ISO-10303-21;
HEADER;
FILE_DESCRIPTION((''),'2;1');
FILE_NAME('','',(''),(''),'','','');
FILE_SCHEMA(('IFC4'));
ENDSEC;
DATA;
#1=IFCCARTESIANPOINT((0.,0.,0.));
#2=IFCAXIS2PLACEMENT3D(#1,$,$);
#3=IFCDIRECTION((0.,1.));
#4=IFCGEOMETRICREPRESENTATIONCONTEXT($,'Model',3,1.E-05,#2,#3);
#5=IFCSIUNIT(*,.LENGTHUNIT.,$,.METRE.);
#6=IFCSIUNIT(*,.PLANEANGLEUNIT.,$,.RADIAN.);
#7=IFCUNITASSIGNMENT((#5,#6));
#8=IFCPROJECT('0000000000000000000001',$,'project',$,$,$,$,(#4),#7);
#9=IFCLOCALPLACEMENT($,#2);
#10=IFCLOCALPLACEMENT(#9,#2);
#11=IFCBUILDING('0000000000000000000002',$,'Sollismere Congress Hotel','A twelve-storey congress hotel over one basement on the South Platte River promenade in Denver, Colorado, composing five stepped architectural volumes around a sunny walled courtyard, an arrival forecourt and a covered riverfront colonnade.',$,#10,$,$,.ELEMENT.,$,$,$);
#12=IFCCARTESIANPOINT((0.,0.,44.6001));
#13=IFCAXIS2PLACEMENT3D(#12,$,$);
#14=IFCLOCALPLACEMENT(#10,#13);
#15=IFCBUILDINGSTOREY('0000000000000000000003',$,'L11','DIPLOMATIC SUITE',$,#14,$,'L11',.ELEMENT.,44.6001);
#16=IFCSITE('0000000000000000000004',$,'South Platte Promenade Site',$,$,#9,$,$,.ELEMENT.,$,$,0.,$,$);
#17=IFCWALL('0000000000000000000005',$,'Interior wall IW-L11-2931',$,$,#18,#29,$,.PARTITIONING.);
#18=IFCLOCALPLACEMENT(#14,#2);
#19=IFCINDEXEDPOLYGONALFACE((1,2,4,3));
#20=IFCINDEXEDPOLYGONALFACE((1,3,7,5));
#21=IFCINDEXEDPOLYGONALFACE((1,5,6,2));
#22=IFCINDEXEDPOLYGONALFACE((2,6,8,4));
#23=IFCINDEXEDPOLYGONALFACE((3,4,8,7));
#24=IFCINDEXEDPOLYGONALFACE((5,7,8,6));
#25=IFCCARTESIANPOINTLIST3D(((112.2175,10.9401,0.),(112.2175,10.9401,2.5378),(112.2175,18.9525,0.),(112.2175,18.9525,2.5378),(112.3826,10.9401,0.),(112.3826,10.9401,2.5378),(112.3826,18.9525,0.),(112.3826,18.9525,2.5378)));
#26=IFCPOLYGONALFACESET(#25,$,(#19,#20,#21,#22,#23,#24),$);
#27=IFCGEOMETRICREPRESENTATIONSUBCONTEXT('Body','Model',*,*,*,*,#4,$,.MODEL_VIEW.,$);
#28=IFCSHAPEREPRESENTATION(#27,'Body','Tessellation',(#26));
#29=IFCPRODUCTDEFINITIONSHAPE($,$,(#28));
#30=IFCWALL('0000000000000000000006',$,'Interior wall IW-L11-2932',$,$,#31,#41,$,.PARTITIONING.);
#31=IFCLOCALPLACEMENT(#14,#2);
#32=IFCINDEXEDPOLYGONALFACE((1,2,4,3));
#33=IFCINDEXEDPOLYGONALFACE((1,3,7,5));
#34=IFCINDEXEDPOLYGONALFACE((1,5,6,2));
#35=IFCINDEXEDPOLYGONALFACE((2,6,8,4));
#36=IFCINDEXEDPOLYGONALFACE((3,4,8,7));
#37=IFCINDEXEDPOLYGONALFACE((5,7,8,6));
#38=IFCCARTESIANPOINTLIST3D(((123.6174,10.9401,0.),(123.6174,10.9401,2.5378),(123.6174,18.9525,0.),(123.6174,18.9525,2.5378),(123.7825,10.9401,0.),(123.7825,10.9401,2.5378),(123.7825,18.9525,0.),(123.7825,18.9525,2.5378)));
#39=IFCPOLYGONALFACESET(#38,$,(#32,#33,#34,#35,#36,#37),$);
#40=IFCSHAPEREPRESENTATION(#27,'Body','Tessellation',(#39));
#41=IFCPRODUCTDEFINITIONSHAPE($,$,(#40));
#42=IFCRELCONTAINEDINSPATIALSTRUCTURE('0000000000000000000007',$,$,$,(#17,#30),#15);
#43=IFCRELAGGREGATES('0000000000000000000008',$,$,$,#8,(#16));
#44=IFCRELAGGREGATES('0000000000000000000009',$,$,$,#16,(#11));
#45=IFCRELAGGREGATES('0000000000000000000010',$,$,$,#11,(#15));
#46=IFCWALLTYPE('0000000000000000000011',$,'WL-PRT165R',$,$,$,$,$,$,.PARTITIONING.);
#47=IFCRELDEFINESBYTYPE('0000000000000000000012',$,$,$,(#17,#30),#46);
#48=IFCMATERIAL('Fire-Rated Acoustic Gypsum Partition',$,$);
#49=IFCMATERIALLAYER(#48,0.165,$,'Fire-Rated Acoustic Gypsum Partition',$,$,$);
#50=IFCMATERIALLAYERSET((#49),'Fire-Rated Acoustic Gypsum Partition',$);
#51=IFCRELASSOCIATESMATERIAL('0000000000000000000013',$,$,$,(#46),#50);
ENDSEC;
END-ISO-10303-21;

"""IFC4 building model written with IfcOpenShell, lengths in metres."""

from ifc_helpers import new_model, si_unit, direction, frame, frame_2d, origin, place, context, subcontext, project, spatial, rectangle, extrude, material, layer, layer_set, type_object, element, save


model = new_model("IFC4")

# Units and contexts
model_context = context("Model", 3, precision=1e-05, world=origin(), true_north=direction((0.0, 1.0)))
body_context = subcontext(model_context, "Body", "Model", "MODEL_VIEW")
ifc_project = project(units=[si_unit("LENGTHUNIT", "METRE"), si_unit("PLANEANGLEUNIT", "RADIAN")], contexts=[model_context])

# Site, building, storey
site_placement = place(None, origin())
site = spatial("IfcSite", under=ifc_project, at=site_placement, Name="South Platte Promenade Site", CompositionType="ELEMENT", RefElevation=0.0)
building_placement = place(site_placement, origin())
building = spatial("IfcBuilding", under=site, at=building_placement, Name="Sollismere Congress Hotel", Description="A twelve-storey congress hotel over one basement on the South Platte River promenade in Denver, Colorado, composing five stepped architectural volumes around a sunny walled courtyard, an arrival forecourt and a covered riverfront colonnade.", CompositionType="ELEMENT")
storey_placement = place(building_placement, frame((0.0, 0.0, 44.6001)))
storey = spatial("IfcBuildingStorey", under=building, at=storey_placement, Name="L11", Description="DIPLOMATIC SUITE", LongName="L11", CompositionType="ELEMENT", Elevation=44.6001)

# Walls
ifc_material_1 = material(Name="Fire-Rated Acoustic Gypsum Partition")
ifc_layer_1 = layer(ifc_material_1, 0.165, Name="Fire-Rated Acoustic Gypsum Partition")
ifc_layer_set_1 = layer_set([ifc_layer_1], Name="Fire-Rated Acoustic Gypsum Partition")
wall_type_1 = type_object("IfcWallType", Name="WL-PRT165R", PredefinedType="PARTITIONING", material=ifc_layer_set_1)
for number, where, z_axis, x_axis, name in (
    (1, (112.3, 10.9399, 0.0), (0.0, 0.0, 1.0), (0.0, 1.0, 0.0), "Interior wall IW-L11-2931"),
    (2, (123.7, 10.9399, 0.0), (0.0, 0.0, 1.0), (0.0, 1.0, 0.0), "Interior wall IW-L11-2932"),
):
    element("IfcWall", number, at=place(storey_placement, frame(where, z_axis=z_axis, x_axis=x_axis)), inside=storey, type_object=wall_type_1, Name=name, PredefinedType="PARTITIONING", context=body_context, shape_type="SweptSolid", body=[
        extrude(rectangle(XDim=8.0125, YDim=0.165, at=frame_2d((4.0063, 0.0))), origin(), (0.0, 0.0, 1.0), 2.5378),
    ])

save(model, "model.ifc")
